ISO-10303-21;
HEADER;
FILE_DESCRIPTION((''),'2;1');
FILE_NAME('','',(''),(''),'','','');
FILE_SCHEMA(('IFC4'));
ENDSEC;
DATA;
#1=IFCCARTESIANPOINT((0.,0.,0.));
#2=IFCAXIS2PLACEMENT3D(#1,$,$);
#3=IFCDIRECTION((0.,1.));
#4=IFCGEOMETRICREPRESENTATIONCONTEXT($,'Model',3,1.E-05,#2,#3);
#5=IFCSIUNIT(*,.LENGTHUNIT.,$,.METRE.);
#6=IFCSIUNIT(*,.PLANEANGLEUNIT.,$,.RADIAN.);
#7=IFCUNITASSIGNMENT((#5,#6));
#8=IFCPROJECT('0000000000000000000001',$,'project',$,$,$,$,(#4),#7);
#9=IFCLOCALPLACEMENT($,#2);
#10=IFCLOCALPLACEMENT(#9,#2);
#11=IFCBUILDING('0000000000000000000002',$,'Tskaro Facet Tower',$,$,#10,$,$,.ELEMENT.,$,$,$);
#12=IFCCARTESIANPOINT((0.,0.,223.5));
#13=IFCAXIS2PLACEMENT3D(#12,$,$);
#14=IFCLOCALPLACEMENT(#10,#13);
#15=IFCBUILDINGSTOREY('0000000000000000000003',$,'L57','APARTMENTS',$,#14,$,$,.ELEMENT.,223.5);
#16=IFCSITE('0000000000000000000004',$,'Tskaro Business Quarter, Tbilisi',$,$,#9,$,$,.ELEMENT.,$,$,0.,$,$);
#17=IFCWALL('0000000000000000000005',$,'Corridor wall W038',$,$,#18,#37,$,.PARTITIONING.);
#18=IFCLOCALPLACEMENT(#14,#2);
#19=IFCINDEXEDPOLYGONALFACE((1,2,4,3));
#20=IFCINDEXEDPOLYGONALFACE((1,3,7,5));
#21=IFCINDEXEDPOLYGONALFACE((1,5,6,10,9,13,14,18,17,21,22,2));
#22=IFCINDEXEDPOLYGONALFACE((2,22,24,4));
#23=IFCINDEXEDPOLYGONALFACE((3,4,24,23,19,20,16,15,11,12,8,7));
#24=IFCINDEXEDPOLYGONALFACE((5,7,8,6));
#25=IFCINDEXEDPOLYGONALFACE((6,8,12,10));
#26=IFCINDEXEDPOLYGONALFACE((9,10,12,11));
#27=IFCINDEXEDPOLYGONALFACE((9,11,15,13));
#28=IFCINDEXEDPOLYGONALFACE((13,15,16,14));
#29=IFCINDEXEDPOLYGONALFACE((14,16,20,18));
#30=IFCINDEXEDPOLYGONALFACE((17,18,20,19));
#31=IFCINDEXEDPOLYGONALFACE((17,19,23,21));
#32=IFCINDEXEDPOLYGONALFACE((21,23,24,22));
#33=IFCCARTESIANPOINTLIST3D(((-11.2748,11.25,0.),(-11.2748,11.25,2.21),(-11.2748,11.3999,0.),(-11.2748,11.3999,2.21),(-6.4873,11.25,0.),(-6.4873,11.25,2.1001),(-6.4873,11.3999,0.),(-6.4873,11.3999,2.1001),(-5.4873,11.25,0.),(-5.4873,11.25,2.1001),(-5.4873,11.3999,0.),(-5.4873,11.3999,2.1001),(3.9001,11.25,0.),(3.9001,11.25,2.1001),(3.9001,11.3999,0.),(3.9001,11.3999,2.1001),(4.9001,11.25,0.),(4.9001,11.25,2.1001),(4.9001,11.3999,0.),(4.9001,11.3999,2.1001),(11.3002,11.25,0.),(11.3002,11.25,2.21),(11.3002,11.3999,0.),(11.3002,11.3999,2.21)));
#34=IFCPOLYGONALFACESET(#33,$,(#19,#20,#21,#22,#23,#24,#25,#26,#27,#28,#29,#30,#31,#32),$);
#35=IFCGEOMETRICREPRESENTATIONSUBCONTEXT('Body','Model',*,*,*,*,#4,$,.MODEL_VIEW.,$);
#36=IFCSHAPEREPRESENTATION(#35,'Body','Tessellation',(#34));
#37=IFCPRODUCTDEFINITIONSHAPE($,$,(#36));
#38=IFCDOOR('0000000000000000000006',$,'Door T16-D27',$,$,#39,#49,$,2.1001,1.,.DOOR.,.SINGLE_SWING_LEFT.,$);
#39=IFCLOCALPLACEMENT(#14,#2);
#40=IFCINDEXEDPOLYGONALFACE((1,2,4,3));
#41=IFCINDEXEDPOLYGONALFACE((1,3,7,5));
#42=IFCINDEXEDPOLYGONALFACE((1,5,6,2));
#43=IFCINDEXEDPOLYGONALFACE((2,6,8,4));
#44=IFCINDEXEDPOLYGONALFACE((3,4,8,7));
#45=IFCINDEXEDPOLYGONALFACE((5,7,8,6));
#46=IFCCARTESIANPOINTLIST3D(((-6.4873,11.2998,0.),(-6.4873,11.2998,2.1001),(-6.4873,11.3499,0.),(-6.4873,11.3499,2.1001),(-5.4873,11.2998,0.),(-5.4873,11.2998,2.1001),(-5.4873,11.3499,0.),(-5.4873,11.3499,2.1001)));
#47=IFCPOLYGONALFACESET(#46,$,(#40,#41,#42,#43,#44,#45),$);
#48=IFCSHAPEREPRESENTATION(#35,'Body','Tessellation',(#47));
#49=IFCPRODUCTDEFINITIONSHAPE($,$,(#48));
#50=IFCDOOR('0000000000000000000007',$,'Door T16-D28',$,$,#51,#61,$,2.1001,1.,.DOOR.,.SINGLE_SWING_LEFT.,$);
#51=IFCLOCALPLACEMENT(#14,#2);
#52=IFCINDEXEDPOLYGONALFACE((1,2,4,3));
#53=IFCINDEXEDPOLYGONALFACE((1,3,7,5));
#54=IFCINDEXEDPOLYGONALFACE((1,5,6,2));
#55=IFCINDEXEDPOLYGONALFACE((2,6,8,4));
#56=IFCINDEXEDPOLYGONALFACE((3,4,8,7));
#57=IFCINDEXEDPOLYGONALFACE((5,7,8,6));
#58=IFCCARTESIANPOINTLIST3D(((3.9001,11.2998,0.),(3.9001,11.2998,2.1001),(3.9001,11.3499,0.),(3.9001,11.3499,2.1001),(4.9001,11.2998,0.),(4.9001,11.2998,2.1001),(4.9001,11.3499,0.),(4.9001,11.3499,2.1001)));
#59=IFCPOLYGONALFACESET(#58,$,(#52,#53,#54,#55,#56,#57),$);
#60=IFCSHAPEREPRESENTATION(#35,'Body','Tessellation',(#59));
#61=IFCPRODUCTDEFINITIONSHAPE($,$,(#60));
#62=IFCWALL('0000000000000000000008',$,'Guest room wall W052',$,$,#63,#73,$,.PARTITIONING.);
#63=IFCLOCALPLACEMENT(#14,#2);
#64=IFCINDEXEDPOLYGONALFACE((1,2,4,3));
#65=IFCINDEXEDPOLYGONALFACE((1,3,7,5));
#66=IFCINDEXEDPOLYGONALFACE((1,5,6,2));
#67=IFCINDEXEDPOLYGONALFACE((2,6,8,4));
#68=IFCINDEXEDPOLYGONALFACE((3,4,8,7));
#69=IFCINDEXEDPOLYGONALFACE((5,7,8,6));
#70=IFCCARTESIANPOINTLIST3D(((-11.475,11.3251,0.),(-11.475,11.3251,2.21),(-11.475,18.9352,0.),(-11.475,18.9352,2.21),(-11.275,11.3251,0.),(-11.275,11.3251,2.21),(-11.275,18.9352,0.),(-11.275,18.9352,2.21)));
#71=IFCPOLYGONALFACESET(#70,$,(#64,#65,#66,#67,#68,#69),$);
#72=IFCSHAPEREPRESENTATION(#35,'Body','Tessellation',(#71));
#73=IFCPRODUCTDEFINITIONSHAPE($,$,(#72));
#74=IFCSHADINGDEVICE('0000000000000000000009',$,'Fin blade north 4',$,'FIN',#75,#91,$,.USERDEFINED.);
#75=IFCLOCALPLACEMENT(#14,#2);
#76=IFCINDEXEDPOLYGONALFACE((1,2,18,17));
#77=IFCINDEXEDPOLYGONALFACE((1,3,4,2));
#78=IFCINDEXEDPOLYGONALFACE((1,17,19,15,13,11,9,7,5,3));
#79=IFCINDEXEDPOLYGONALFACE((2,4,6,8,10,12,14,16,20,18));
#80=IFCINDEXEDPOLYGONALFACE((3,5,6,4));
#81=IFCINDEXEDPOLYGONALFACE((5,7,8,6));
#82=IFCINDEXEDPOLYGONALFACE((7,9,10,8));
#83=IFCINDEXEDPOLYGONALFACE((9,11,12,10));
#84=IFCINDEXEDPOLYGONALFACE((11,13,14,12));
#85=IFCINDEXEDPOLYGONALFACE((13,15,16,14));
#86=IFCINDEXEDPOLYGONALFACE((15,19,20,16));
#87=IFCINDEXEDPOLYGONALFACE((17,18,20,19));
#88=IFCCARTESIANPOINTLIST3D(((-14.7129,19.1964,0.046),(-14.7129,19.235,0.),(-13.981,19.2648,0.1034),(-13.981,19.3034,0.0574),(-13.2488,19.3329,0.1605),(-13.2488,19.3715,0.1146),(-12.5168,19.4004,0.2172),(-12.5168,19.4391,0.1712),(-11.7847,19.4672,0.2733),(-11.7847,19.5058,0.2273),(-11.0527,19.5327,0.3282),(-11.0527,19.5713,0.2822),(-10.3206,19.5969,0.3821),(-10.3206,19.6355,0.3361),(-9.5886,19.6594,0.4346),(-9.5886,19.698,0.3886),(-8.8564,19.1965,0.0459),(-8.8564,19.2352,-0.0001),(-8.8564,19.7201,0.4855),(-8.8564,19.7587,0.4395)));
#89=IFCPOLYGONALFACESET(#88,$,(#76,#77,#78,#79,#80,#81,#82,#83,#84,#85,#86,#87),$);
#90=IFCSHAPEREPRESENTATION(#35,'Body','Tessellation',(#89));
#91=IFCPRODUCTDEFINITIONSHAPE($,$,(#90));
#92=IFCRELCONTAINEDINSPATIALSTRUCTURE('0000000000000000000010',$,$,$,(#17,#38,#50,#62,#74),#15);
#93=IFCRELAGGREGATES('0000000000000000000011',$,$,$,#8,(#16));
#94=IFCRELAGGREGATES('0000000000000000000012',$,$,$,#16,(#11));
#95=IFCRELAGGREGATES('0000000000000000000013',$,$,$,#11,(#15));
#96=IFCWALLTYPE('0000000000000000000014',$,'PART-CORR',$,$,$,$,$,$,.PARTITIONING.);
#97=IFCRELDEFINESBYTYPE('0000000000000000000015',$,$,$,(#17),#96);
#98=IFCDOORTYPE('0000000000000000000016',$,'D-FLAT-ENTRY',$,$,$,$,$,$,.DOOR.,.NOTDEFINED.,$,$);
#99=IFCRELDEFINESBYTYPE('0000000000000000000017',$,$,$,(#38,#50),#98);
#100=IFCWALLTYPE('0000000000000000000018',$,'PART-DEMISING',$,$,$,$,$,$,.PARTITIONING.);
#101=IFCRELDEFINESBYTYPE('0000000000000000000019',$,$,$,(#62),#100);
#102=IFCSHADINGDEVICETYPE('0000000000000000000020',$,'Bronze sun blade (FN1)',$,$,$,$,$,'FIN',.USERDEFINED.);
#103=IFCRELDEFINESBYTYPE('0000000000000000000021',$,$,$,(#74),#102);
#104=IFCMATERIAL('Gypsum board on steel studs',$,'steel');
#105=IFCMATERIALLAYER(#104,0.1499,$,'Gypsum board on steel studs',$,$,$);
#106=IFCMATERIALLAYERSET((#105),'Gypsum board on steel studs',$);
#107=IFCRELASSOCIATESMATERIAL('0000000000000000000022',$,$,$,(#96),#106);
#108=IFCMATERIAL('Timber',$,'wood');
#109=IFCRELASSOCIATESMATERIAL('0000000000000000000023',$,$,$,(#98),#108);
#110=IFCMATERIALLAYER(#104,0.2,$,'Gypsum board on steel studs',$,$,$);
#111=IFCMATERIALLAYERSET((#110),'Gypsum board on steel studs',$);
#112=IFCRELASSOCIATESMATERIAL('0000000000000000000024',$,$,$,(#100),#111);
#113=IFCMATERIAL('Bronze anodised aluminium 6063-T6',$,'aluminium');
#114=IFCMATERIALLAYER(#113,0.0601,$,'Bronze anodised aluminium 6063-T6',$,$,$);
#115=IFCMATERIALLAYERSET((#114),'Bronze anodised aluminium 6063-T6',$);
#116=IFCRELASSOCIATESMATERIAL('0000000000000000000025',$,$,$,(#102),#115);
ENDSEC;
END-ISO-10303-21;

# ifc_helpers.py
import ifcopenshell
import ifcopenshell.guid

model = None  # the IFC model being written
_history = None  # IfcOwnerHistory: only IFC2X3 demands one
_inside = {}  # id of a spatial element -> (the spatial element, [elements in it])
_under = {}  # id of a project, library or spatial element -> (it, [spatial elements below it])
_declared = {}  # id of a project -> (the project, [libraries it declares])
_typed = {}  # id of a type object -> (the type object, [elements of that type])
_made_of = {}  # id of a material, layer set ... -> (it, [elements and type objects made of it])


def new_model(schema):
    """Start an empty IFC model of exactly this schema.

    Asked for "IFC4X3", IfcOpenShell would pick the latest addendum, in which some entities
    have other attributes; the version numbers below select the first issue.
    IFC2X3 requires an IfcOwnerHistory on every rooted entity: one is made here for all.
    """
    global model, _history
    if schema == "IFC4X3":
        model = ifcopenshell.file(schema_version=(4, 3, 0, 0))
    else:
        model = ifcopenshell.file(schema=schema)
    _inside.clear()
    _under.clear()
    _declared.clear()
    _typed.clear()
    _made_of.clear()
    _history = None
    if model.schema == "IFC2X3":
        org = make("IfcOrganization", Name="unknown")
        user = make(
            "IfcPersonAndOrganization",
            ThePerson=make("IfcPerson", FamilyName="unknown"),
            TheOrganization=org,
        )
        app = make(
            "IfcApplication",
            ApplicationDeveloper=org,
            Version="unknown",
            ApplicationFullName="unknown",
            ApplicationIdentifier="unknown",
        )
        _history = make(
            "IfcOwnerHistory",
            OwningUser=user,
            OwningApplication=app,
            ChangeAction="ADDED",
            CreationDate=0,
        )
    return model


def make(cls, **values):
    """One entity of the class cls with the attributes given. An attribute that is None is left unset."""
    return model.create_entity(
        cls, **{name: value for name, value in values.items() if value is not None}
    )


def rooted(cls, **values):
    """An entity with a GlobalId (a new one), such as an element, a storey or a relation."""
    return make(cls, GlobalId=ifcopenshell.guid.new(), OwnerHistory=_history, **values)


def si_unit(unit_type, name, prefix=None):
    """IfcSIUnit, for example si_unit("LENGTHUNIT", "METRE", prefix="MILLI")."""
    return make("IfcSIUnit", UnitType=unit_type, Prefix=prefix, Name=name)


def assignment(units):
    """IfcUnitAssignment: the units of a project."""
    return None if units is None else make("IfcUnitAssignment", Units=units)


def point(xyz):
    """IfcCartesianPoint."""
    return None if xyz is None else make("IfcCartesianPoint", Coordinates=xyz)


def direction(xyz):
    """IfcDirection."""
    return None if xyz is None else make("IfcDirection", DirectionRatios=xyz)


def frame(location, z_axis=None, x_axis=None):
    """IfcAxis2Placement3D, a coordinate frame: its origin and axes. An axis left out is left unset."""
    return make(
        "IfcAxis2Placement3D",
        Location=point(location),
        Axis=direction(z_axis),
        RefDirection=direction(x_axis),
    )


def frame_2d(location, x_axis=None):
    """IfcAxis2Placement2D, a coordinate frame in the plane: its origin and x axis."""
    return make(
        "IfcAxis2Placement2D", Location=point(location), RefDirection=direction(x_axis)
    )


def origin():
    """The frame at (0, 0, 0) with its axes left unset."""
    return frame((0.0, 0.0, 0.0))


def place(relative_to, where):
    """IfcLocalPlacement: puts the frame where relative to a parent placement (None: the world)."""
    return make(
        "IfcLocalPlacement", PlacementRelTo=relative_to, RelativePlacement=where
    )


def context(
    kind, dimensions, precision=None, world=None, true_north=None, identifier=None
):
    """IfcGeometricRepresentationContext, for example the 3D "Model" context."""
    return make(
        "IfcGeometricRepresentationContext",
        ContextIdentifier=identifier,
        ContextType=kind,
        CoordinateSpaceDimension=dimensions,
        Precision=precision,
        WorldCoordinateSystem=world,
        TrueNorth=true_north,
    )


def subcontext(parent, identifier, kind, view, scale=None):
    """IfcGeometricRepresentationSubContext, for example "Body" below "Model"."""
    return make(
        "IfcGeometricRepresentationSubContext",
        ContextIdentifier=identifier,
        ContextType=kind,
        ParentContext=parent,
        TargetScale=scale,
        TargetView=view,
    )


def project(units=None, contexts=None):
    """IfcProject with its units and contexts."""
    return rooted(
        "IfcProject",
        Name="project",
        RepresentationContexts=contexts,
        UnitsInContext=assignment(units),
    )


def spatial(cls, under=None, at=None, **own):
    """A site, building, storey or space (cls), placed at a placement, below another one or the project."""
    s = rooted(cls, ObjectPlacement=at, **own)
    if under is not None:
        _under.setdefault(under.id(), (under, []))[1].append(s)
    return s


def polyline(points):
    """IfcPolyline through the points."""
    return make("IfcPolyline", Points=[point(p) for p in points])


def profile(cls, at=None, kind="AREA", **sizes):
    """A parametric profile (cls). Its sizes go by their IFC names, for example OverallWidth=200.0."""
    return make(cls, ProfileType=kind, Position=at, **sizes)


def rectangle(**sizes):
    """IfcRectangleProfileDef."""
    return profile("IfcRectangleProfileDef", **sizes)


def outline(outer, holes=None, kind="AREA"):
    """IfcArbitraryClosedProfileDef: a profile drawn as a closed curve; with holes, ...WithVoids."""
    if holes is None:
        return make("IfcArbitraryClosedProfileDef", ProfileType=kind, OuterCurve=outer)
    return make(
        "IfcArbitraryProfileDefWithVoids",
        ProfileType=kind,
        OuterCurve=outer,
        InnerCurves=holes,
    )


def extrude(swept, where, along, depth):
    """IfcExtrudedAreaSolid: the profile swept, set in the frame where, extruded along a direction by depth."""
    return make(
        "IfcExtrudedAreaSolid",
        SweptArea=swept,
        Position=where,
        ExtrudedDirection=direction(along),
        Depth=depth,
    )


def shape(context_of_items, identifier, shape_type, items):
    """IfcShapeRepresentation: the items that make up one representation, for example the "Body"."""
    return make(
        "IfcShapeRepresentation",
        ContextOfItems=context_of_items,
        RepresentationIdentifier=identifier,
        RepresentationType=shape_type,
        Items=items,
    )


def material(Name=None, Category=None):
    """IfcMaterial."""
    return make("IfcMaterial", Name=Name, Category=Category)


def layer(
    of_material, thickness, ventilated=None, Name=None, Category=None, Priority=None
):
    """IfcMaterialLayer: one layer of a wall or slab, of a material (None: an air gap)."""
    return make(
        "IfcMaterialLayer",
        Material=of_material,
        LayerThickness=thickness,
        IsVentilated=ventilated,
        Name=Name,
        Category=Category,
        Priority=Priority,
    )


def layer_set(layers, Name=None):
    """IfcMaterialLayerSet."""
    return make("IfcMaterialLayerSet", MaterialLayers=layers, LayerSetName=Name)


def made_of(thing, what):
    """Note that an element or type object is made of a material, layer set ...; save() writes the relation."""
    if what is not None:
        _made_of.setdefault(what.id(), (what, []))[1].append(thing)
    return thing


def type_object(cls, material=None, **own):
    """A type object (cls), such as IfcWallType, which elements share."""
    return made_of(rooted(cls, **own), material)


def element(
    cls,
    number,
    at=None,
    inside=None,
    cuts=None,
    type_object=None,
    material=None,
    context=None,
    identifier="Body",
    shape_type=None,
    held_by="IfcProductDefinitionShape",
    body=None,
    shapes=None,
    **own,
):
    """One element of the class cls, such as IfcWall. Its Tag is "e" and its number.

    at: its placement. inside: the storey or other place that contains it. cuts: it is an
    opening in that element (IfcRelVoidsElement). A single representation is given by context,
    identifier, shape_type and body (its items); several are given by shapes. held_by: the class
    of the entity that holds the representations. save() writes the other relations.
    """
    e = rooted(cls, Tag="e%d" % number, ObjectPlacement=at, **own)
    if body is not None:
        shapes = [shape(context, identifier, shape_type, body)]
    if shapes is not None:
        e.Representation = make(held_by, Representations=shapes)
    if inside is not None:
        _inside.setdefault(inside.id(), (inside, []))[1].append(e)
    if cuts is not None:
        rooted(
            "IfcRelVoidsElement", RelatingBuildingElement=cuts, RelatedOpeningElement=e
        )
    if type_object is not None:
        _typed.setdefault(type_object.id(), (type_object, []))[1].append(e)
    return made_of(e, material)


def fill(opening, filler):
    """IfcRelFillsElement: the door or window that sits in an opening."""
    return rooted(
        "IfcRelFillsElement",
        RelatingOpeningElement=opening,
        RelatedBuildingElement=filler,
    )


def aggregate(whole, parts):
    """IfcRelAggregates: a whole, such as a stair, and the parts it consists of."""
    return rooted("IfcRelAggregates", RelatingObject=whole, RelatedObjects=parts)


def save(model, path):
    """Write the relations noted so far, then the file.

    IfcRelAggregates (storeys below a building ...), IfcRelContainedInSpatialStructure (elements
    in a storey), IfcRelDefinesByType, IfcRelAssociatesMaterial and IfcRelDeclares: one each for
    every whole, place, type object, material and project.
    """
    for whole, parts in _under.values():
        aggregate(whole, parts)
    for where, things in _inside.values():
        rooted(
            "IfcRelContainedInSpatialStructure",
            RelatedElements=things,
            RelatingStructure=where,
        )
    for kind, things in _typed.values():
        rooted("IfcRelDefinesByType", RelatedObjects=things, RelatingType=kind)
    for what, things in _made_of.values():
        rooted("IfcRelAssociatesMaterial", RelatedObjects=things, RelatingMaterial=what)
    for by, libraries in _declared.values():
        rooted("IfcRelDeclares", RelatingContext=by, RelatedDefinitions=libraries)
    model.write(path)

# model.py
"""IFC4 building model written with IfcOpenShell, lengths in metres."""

from ifc_helpers import new_model, si_unit, direction, frame, frame_2d, origin, place, context, subcontext, project, spatial, polyline, rectangle, outline, extrude, material, layer, layer_set, type_object, element, fill, save


model = new_model("IFC4")

# Units and contexts
model_context = context("Model", 3, precision=1e-05, world=origin(), true_north=direction((0.0, 1.0)))
body_context = subcontext(model_context, "Body", "Model", "MODEL_VIEW")
ifc_project = project(units=[si_unit("LENGTHUNIT", "METRE"), si_unit("PLANEANGLEUNIT", "RADIAN")], contexts=[model_context])

# Site, building, storey
site_placement = place(None, origin())
site = spatial("IfcSite", under=ifc_project, at=site_placement, Name="Tskaro Business Quarter, Tbilisi", CompositionType="ELEMENT", RefElevation=0.0)
building_placement = place(site_placement, origin())
building = spatial("IfcBuilding", under=site, at=building_placement, Name="Tskaro Facet Tower", CompositionType="ELEMENT")
storey_placement = place(building_placement, frame((0.0, 0.0, 223.5)))
storey = spatial("IfcBuildingStorey", under=building, at=storey_placement, Name="L57", Description="APARTMENTS", CompositionType="ELEMENT", Elevation=223.5)

# Shared definitions
ifc_material_1 = material(Name="Bronze anodised aluminium 6063-T6", Category="aluminium")

# Shared definitions
ifc_material_2 = material(Name="Gypsum board on steel studs", Category="steel")

# Shared definitions
ifc_material_3 = material(Name="Timber", Category="wood")

# Wall, openings, doors
ifc_layer_1 = layer(ifc_material_2, 0.1499, Name="Gypsum board on steel studs")
ifc_layer_set_1 = layer_set([ifc_layer_1], Name="Gypsum board on steel studs")
wall_type_1 = type_object("IfcWallType", Name="PART-CORR", PredefinedType="PARTITIONING", material=ifc_layer_set_1)
wall_1_placement = place(storey_placement, frame((-11.2749, 11.325, 0.0), z_axis=(0.0, 0.0, 1.0), x_axis=(1.0, 0.0, 0.0)))
wall_1 = element("IfcWall", 1, at=wall_1_placement, inside=storey, type_object=wall_type_1, Name="Corridor wall W038", PredefinedType="PARTITIONING", context=body_context, shape_type="SweptSolid", body=[
    extrude(rectangle(XDim=22.575, YDim=0.1499, at=frame_2d((11.2876, 0.0))), origin(), (0.0, 0.0, 1.0), 2.21),
])
opening_1_placement = place(wall_1_placement, frame((4.7876, 0.0, 0.0)))
opening_1 = element("IfcOpeningElement", 2, at=opening_1_placement, cuts=wall_1, PredefinedType="OPENING", context=body_context, shape_type="SweptSolid", body=[
    extrude(rectangle(XDim=1.0, YDim=2.1001, at=frame_2d((0.5, 1.05))), frame((0.0, 0.085, 0.0), z_axis=(0.0, -1.0, 0.0), x_axis=(1.0, 0.0, 0.0)), (0.0, 0.0, 1.0), 0.1699),
])
opening_2_placement = place(wall_1_placement, frame((15.175, 0.0, 0.0)))
opening_2 = element("IfcOpeningElement", 3, at=opening_2_placement, cuts=wall_1, PredefinedType="OPENING", context=body_context, shape_type="SweptSolid", body=[
    extrude(rectangle(XDim=1.0, YDim=2.1001, at=frame_2d((0.5, 1.05))), frame((0.0, 0.085, 0.0), z_axis=(0.0, -1.0, 0.0), x_axis=(1.0, 0.0, 0.0)), (0.0, 0.0, 1.0), 0.1699),
])
door_type_1 = type_object("IfcDoorType", Name="D-FLAT-ENTRY", OperationType="NOTDEFINED", PredefinedType="DOOR", material=ifc_material_3)
door_1_placement = place(opening_1_placement, origin())
door_1 = element("IfcDoor", 4, at=door_1_placement, inside=storey, type_object=door_type_1, Name="Door T16-D27", OperationType="SINGLE_SWING_LEFT", OverallHeight=2.1001, OverallWidth=1.0, PredefinedType="DOOR", context=body_context, shape_type="SweptSolid", body=[
    extrude(rectangle(XDim=1.0, YDim=2.1001, at=frame_2d((0.5, 1.05))), frame((0.0, 0.0249, 0.0), z_axis=(0.0, -1.0, 0.0), x_axis=(1.0, 0.0, 0.0)), (0.0, 0.0, 1.0), 0.05),
])
fill(opening_1, door_1)
door_2_placement = place(opening_2_placement, origin())
door_2 = element("IfcDoor", 5, at=door_2_placement, inside=storey, type_object=door_type_1, Name="Door T16-D28", OperationType="SINGLE_SWING_LEFT", OverallHeight=2.1001, OverallWidth=1.0, PredefinedType="DOOR", context=body_context, shape_type="SweptSolid", body=[
    extrude(rectangle(XDim=1.0, YDim=2.1001, at=frame_2d((0.5, 1.05))), frame((0.0, 0.0249, 0.0), z_axis=(0.0, -1.0, 0.0), x_axis=(1.0, 0.0, 0.0)), (0.0, 0.0, 1.0), 0.05),
])
fill(opening_2, door_2)

# Wall
ifc_layer_2 = layer(ifc_material_2, 0.2, Name="Gypsum board on steel studs")
ifc_layer_set_2 = layer_set([ifc_layer_2], Name="Gypsum board on steel studs")
wall_type_2 = type_object("IfcWallType", Name="PART-DEMISING", PredefinedType="PARTITIONING", material=ifc_layer_set_2)
wall_2_placement = place(storey_placement, frame((-11.375, 11.325, 0.0), z_axis=(0.0, 0.0, 1.0), x_axis=(0.0, 1.0, 0.0)))
element("IfcWall", 6, at=wall_2_placement, inside=storey, type_object=wall_type_2, Name="Guest room wall W052", PredefinedType="PARTITIONING", context=body_context, shape_type="SweptSolid", body=[
    extrude(rectangle(XDim=7.6101, YDim=0.2, at=frame_2d((3.8052, 0.0))), origin(), (0.0, 0.0, 1.0), 2.21),
])

# Shading device
ifc_layer_3 = layer(ifc_material_1, 0.0601, Name="Bronze anodised aluminium 6063-T6")
ifc_layer_set_3 = layer_set([ifc_layer_3], Name="Bronze anodised aluminium 6063-T6")
shading_device_type = type_object("IfcShadingDeviceType", Name="Bronze sun blade (FN1)", ElementType="FIN", PredefinedType="USERDEFINED", material=ifc_layer_set_3)
shading_device_placement = place(storey_placement, frame((-8.8564, 19.1965, 0.0459), z_axis=(0.000029, -0.643011, 0.765857), x_axis=(-1.0, -0.000019, 0.000023)))
element("IfcShadingDevice", 7, at=shading_device_placement, inside=storey, type_object=shading_device_type, Name="Fin blade north 4", ObjectType="FIN", PredefinedType="USERDEFINED", context=body_context, shape_type="SweptSolid", body=[
    extrude(outline(polyline([(0.0, 0.0), (5.8564, 0.0), (5.1245, -0.0892), (4.3923, -0.1781), (3.6604, -0.2663), (2.9282, -0.3535), (2.1963, -0.4389), (1.4641, -0.5228), (0.7322, -0.6044), (0.0, -0.6836), (0.0, 0.0)])), origin(), (0.0, 0.0, -1.0), 0.0601),
])

save(model, "model.ifc")
